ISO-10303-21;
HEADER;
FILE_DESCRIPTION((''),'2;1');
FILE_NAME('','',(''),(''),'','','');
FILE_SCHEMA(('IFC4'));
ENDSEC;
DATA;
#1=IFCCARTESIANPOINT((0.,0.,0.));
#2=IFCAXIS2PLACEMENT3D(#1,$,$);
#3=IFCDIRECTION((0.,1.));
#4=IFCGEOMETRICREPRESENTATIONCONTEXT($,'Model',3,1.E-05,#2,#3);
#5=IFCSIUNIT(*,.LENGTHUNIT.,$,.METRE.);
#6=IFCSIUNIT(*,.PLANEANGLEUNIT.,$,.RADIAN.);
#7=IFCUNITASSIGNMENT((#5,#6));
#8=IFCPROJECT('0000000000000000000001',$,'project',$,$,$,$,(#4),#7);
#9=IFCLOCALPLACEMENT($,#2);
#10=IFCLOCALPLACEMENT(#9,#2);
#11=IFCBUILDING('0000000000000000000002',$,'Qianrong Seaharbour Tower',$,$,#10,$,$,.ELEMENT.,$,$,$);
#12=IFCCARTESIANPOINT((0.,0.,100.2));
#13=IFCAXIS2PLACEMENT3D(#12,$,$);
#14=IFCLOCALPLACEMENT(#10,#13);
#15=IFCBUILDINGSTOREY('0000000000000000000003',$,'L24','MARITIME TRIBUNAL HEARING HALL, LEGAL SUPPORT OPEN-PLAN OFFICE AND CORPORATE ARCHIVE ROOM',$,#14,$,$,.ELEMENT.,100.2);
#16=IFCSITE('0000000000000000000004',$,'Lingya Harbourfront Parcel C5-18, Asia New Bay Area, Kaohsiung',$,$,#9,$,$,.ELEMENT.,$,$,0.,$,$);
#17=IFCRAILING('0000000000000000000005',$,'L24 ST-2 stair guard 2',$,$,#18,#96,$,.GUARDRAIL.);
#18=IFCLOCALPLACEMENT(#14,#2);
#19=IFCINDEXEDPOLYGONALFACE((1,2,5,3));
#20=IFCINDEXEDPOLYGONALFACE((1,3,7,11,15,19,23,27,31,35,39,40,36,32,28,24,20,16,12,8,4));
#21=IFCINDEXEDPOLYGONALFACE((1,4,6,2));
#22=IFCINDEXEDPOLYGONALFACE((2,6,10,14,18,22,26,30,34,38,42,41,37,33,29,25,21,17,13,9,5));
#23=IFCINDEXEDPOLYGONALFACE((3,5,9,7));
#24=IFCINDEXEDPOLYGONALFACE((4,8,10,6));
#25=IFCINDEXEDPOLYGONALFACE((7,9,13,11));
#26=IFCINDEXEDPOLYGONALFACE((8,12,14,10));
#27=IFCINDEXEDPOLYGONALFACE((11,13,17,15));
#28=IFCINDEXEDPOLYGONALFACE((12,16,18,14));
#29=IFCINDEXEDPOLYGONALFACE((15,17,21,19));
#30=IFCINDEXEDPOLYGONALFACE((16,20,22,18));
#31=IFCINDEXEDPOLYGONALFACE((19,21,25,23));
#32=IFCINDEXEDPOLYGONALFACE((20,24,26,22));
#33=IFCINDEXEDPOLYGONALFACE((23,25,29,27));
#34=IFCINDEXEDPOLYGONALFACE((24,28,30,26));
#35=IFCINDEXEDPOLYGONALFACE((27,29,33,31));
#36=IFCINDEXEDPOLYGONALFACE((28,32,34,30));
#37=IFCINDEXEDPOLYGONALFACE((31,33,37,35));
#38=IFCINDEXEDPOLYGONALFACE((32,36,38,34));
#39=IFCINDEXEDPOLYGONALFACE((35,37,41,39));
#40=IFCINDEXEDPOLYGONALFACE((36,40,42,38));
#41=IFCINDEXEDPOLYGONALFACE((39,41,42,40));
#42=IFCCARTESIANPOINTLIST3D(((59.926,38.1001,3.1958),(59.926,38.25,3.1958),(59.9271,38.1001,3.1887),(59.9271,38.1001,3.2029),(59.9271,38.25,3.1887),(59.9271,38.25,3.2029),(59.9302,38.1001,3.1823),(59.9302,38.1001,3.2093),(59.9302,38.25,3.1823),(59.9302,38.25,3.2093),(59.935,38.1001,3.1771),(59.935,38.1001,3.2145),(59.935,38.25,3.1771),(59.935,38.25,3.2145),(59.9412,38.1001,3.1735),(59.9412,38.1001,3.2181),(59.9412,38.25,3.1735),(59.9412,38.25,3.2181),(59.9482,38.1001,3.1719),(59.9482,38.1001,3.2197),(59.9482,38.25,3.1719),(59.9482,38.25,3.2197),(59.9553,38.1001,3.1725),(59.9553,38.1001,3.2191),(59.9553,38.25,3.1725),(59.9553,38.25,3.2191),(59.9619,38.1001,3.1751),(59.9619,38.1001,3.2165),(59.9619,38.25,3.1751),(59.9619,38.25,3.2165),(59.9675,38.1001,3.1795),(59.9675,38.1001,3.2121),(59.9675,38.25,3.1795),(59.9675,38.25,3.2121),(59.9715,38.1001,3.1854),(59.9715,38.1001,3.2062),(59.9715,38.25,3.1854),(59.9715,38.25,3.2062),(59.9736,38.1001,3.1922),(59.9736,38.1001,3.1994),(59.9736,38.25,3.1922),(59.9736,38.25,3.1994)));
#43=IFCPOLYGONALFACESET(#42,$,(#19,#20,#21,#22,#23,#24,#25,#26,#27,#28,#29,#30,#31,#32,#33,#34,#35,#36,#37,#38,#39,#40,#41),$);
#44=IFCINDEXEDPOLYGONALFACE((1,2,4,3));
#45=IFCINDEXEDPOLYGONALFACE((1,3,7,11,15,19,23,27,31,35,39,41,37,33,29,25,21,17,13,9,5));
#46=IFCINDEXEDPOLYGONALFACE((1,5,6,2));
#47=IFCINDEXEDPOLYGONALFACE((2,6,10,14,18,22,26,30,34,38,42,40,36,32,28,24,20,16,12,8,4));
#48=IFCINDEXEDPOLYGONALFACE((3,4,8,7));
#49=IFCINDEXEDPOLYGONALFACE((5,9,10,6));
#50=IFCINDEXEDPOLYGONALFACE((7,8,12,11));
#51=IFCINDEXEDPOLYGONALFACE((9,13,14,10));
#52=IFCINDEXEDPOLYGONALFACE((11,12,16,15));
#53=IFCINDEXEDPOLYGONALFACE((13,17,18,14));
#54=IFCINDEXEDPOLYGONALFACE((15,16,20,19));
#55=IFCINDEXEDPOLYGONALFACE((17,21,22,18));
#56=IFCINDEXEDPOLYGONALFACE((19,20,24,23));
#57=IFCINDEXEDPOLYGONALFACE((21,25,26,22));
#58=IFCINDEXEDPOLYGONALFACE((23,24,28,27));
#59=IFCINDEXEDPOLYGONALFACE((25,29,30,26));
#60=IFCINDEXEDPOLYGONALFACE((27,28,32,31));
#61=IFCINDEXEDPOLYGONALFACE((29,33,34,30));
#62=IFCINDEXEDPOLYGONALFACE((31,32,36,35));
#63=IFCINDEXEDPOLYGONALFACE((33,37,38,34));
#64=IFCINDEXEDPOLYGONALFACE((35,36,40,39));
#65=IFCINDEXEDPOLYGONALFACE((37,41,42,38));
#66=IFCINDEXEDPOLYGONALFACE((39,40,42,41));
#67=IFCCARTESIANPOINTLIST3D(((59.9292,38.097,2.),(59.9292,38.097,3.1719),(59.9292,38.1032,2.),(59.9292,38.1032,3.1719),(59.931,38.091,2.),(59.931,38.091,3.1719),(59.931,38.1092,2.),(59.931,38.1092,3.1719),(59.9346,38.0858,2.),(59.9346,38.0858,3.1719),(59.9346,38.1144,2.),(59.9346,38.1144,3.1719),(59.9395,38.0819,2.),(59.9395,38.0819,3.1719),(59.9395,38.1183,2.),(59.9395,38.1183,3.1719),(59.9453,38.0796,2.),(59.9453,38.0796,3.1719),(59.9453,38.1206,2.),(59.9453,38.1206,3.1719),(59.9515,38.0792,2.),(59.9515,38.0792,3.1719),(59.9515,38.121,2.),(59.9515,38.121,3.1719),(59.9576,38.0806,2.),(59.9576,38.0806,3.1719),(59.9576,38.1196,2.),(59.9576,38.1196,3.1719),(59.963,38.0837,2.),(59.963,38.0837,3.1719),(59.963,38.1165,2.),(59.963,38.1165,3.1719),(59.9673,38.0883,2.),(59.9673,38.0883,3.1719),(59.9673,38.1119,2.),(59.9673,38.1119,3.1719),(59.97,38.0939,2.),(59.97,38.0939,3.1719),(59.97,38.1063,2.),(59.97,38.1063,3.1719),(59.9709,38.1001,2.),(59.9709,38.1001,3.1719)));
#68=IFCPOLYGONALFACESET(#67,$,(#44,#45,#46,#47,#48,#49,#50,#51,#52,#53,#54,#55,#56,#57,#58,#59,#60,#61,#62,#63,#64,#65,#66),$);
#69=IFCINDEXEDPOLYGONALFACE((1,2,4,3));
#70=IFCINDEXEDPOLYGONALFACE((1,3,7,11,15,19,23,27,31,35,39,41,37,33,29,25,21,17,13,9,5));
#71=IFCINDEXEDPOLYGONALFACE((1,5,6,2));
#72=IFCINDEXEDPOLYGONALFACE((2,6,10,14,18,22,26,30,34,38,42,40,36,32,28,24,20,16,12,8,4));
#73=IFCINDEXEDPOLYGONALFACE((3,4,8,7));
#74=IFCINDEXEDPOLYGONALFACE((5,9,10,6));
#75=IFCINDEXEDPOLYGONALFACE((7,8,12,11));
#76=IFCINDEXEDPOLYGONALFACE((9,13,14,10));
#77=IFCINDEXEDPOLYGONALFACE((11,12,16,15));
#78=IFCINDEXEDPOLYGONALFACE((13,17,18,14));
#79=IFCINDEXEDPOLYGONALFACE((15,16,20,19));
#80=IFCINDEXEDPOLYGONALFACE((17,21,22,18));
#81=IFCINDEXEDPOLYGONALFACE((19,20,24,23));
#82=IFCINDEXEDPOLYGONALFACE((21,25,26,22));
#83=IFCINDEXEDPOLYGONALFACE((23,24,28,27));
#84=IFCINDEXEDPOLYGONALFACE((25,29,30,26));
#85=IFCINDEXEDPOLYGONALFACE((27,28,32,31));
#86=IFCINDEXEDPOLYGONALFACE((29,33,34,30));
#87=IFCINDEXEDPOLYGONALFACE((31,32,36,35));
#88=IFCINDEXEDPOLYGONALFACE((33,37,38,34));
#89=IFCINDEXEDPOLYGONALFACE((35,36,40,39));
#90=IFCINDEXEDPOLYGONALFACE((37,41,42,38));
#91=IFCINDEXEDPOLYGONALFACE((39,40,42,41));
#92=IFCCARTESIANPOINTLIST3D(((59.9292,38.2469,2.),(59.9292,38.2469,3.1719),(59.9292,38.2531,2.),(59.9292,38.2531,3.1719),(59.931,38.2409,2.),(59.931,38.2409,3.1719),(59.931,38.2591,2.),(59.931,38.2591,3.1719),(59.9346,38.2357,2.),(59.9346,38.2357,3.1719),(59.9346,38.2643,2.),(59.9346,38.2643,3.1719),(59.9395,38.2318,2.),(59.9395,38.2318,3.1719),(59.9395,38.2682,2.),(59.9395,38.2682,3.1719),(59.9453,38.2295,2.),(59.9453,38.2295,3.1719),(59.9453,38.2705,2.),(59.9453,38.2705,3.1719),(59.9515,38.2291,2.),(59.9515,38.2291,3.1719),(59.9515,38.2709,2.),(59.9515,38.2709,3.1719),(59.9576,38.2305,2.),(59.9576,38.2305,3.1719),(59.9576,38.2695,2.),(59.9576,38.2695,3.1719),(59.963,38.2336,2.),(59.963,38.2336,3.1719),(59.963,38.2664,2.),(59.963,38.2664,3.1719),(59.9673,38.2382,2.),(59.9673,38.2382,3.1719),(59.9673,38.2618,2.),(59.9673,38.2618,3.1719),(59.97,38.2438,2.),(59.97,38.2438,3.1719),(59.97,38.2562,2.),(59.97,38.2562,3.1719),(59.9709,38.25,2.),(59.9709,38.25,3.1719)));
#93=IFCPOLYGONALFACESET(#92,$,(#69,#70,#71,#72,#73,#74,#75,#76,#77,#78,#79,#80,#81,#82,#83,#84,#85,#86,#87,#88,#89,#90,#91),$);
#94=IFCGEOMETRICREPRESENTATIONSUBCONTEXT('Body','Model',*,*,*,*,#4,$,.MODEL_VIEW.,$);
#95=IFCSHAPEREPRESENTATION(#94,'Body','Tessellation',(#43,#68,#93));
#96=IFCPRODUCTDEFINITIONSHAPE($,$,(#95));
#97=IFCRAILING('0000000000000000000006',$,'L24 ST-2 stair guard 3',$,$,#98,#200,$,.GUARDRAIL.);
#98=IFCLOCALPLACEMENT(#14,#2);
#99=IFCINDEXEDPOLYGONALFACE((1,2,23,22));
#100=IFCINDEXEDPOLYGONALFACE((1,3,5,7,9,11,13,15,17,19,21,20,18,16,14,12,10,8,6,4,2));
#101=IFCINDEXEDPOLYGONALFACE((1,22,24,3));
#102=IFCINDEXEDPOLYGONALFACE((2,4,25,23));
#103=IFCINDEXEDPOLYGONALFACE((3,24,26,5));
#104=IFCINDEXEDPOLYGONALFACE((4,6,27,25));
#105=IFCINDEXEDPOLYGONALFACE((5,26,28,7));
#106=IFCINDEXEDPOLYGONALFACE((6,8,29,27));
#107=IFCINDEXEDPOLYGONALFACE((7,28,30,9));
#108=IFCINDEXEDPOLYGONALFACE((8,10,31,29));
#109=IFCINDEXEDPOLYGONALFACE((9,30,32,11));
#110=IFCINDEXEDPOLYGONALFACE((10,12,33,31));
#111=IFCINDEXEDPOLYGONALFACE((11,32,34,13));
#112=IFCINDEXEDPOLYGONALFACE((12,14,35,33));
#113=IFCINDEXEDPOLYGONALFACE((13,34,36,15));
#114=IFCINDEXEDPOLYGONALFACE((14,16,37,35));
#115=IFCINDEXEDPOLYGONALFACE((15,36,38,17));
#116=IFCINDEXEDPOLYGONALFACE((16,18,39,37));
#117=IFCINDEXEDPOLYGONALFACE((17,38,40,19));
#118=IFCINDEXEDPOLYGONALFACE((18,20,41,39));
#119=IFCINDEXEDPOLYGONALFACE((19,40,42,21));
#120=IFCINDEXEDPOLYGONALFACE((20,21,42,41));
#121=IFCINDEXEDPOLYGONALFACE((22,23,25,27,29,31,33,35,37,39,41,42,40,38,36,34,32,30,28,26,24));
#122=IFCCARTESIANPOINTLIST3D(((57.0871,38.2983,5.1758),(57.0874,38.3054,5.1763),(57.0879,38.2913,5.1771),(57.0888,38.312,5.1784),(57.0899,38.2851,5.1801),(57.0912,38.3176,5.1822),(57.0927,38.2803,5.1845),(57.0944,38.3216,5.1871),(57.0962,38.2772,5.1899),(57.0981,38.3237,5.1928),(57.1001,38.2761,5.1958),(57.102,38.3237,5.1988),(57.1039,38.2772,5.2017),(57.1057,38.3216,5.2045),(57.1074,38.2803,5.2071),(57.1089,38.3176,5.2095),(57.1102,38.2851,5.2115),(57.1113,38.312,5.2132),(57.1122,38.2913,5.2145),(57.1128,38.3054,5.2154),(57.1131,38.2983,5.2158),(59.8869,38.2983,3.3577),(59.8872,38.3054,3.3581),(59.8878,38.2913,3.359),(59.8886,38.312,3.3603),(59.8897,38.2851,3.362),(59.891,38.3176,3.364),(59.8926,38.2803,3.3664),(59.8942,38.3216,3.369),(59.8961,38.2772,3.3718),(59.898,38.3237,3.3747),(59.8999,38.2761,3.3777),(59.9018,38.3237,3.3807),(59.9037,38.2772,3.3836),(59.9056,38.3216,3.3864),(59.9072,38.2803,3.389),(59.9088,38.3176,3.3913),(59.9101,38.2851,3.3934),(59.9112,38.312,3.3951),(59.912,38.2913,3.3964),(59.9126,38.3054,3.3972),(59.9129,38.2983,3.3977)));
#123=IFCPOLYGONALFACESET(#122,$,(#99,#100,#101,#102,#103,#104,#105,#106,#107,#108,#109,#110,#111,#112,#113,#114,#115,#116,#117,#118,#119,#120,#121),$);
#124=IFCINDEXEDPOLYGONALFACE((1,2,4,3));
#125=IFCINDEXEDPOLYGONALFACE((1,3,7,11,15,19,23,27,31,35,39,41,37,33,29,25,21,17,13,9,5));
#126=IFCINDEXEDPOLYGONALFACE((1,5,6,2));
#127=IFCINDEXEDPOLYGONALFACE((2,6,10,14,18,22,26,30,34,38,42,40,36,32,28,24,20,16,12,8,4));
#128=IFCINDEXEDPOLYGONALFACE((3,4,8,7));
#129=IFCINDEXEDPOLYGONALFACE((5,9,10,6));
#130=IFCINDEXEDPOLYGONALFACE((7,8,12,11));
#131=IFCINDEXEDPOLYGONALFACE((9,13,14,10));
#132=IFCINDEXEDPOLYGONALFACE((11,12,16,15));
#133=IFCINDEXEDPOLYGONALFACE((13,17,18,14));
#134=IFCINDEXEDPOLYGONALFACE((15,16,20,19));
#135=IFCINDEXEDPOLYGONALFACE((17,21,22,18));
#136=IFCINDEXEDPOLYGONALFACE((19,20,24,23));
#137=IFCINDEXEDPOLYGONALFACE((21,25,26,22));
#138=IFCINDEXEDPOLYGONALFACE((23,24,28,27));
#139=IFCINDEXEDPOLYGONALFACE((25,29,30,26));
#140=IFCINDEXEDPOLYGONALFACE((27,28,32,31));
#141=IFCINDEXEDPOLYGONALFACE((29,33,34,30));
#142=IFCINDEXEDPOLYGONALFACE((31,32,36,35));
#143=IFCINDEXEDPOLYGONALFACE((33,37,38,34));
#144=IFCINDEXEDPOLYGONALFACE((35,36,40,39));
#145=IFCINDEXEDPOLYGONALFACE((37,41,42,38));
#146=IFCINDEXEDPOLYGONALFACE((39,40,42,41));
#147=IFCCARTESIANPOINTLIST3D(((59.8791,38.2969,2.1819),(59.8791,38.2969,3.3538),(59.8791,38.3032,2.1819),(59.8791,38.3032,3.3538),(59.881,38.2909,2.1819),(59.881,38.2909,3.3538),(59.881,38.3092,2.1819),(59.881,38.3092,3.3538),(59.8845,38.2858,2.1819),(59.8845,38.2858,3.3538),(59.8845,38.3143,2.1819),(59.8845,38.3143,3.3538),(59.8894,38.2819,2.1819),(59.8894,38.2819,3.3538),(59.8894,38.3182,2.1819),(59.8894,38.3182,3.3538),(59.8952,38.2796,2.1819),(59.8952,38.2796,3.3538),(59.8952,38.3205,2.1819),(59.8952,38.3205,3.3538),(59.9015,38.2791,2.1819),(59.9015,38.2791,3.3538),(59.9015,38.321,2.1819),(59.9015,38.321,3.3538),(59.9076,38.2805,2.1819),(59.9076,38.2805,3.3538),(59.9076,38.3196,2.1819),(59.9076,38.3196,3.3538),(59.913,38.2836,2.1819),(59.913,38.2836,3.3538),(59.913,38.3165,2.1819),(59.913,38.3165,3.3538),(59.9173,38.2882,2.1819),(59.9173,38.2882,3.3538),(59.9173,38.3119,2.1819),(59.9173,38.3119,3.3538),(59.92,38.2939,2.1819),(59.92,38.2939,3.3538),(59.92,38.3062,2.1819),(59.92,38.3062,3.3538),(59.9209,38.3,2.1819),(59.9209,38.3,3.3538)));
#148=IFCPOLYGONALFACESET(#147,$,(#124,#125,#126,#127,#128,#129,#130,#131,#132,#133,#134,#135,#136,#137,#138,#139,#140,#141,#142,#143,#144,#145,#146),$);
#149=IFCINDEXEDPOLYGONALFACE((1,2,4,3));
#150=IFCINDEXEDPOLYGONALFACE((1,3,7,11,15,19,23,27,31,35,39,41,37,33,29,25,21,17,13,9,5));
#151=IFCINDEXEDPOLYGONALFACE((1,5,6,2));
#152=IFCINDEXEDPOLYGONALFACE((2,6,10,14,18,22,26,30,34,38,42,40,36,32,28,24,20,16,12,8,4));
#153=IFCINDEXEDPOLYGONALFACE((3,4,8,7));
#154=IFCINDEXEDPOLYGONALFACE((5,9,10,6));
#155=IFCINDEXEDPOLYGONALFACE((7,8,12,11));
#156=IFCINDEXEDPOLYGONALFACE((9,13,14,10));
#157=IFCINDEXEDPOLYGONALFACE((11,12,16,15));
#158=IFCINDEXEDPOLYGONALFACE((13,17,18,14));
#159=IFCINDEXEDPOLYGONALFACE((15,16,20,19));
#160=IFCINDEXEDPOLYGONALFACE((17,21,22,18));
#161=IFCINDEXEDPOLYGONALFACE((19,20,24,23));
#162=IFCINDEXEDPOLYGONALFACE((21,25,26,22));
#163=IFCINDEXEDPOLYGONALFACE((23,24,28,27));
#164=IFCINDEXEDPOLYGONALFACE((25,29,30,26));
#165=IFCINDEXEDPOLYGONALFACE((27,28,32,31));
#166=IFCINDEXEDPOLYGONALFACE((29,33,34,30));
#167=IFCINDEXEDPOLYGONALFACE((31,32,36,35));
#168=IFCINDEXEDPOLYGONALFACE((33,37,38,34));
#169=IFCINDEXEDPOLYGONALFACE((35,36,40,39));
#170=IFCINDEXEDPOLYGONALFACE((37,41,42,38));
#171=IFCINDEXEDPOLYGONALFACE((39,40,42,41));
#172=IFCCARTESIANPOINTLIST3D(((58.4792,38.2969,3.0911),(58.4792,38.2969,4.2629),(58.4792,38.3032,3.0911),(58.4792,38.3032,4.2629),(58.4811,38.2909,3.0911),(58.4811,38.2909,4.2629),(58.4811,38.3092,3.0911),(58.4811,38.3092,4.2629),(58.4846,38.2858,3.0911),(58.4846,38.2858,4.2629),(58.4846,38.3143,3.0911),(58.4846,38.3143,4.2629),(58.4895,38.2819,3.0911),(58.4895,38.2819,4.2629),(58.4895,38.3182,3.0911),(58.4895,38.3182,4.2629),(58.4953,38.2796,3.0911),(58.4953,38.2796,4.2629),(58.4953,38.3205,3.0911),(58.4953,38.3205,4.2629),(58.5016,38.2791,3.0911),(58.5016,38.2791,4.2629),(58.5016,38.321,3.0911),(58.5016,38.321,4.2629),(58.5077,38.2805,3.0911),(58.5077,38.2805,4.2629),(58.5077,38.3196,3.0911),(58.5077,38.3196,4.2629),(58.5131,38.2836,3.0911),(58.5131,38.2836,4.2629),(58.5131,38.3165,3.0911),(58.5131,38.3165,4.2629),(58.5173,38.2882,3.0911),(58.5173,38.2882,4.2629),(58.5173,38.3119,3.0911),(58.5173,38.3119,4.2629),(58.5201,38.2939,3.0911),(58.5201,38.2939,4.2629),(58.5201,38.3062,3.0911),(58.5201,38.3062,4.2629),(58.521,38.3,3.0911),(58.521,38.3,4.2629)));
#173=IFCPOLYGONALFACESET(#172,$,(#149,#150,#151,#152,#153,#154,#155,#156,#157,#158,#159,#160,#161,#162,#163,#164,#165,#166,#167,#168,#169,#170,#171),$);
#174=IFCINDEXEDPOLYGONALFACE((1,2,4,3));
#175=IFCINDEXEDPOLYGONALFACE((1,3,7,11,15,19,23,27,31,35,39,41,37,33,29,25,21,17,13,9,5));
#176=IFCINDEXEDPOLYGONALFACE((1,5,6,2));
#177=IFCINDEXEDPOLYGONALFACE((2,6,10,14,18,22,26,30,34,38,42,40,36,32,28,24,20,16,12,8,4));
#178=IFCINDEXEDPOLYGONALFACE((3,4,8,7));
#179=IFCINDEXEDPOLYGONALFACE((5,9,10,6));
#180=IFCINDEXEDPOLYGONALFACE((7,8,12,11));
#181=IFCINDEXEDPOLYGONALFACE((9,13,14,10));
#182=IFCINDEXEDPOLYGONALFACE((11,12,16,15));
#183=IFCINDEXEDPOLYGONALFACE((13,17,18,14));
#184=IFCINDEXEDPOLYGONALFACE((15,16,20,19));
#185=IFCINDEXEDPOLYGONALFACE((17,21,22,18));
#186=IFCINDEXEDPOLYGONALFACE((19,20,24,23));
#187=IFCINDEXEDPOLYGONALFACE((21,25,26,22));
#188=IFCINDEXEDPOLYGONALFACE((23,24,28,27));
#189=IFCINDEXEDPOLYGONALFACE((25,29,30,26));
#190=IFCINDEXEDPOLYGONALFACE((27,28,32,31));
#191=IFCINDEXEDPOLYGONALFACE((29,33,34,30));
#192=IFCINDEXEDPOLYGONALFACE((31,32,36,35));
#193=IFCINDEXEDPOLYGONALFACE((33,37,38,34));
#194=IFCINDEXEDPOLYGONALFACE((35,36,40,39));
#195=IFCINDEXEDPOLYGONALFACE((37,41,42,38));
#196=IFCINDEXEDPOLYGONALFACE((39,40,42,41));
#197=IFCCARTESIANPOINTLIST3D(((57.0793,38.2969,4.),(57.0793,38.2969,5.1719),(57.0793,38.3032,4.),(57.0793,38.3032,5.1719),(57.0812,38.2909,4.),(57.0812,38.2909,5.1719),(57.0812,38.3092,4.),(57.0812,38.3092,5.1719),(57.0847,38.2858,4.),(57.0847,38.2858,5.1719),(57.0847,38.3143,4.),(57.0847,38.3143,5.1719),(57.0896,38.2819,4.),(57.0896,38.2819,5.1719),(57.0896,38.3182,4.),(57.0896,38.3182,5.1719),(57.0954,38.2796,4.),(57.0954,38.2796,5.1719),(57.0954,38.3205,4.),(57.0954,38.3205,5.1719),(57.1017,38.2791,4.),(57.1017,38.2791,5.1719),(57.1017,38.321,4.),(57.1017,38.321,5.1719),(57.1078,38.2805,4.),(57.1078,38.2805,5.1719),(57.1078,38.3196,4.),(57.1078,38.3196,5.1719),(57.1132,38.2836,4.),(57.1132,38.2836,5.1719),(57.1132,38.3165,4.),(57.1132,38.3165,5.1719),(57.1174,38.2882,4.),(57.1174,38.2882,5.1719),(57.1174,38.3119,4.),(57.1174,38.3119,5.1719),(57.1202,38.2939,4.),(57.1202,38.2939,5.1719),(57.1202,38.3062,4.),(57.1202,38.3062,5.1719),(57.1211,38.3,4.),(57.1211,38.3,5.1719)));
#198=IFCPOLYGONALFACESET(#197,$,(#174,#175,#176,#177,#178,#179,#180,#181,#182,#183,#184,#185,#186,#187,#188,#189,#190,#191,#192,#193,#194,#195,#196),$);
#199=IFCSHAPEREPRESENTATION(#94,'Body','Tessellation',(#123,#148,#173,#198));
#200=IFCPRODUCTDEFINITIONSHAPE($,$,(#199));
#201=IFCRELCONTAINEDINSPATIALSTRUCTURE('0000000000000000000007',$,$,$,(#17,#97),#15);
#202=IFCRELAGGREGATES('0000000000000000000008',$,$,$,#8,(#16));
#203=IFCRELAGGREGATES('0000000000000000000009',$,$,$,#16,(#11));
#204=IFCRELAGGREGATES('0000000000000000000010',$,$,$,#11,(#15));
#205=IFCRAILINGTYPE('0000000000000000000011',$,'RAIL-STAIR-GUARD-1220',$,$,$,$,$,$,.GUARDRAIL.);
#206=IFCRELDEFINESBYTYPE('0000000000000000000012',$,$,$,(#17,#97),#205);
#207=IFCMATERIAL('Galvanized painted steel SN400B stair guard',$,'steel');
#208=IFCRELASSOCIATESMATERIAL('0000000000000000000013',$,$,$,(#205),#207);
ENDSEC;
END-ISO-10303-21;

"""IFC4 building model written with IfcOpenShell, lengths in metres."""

from ifc_helpers import new_model, si_unit, direction, frame, origin, origin_2d, place, context, subcontext, project, spatial, circle, extrude, material, type_object, element, save


model = new_model("IFC4")

# Units and contexts
model_context = context("Model", 3, precision=1e-05, world=origin(), true_north=direction((0.0, 1.0)))
body_context = subcontext(model_context, "Body", "Model", "MODEL_VIEW")
ifc_project = project(units=[si_unit("LENGTHUNIT", "METRE"), si_unit("PLANEANGLEUNIT", "RADIAN")], contexts=[model_context])

# Site, building, storey
site_placement = place(None, origin())
site = spatial("IfcSite", under=ifc_project, at=site_placement, Name="Lingya Harbourfront Parcel C5-18, Asia New Bay Area, Kaohsiung", CompositionType="ELEMENT", RefElevation=0.0)
building_placement = place(site_placement, origin())
building = spatial("IfcBuilding", under=site, at=building_placement, Name="Qianrong Seaharbour Tower", CompositionType="ELEMENT")
storey_placement = place(building_placement, frame((0.0, 0.0, 100.2)))
storey = spatial("IfcBuildingStorey", under=building, at=storey_placement, Name="L24", Description="MARITIME TRIBUNAL HEARING HALL, LEGAL SUPPORT OPEN-PLAN OFFICE AND CORPORATE ARCHIVE ROOM", CompositionType="ELEMENT", Elevation=100.2)

# Railings
ifc_material_1 = material(Name="Galvanized painted steel SN400B stair guard", Category="steel")
railing_type_1 = type_object("IfcRailingType", Name="RAIL-STAIR-GUARD-1220", PredefinedType="GUARDRAIL", material=ifc_material_1)
railing_1_placement = place(storey_placement, frame((59.95, 38.1001, 2.0)))
element("IfcRailing", 1, at=railing_1_placement, inside=storey, type_object=railing_type_1, Name="L24 ST-2 stair guard 2", PredefinedType="GUARDRAIL", context=body_context, shape_type="SweptSolid", body=[
    extrude(circle(Radius=0.0239, at=origin_2d()), frame((0.0, 0.0, 1.1958), z_axis=(0.0, 1.0, 0.0), x_axis=(-1.0, 0.0, 0.0)), (0.0, 0.0, 1.0), 0.1499),
    extrude(circle(Radius=0.021, at=origin_2d()), origin(), (0.0, 0.0, 1.0), 1.1719),
    extrude(circle(Radius=0.021, at=origin_2d()), frame((0.0, 0.1499, 0.0)), (0.0, 0.0, 1.0), 1.1719),
])
railing_2_placement = place(storey_placement, frame((59.8999, 38.3, 2.1819)))
element("IfcRailing", 2, at=railing_2_placement, inside=storey, type_object=railing_type_1, Name="L24 ST-2 stair guard 3", PredefinedType="GUARDRAIL", context=body_context, shape_type="SweptSolid", body=[
    extrude(circle(Radius=0.0239, at=origin_2d()), frame((0.0, 0.0, 1.1958), z_axis=(-0.838684, 0.0, 0.544618), x_axis=(0.0, -1.0, 0.0)), (0.0, 0.0, 1.0), 3.3384),
    extrude(circle(Radius=0.021, at=origin_2d()), origin(), (0.0, 0.0, 1.0), 1.1719),
    extrude(circle(Radius=0.021, at=origin_2d()), frame((-1.3999, 0.0, 0.9092)), (0.0, 0.0, 1.0), 1.1719),
    extrude(circle(Radius=0.021, at=origin_2d()), frame((-2.7998, 0.0, 1.8181)), (0.0, 0.0, 1.0), 1.1719),
])

save(model, "model.ifc")
